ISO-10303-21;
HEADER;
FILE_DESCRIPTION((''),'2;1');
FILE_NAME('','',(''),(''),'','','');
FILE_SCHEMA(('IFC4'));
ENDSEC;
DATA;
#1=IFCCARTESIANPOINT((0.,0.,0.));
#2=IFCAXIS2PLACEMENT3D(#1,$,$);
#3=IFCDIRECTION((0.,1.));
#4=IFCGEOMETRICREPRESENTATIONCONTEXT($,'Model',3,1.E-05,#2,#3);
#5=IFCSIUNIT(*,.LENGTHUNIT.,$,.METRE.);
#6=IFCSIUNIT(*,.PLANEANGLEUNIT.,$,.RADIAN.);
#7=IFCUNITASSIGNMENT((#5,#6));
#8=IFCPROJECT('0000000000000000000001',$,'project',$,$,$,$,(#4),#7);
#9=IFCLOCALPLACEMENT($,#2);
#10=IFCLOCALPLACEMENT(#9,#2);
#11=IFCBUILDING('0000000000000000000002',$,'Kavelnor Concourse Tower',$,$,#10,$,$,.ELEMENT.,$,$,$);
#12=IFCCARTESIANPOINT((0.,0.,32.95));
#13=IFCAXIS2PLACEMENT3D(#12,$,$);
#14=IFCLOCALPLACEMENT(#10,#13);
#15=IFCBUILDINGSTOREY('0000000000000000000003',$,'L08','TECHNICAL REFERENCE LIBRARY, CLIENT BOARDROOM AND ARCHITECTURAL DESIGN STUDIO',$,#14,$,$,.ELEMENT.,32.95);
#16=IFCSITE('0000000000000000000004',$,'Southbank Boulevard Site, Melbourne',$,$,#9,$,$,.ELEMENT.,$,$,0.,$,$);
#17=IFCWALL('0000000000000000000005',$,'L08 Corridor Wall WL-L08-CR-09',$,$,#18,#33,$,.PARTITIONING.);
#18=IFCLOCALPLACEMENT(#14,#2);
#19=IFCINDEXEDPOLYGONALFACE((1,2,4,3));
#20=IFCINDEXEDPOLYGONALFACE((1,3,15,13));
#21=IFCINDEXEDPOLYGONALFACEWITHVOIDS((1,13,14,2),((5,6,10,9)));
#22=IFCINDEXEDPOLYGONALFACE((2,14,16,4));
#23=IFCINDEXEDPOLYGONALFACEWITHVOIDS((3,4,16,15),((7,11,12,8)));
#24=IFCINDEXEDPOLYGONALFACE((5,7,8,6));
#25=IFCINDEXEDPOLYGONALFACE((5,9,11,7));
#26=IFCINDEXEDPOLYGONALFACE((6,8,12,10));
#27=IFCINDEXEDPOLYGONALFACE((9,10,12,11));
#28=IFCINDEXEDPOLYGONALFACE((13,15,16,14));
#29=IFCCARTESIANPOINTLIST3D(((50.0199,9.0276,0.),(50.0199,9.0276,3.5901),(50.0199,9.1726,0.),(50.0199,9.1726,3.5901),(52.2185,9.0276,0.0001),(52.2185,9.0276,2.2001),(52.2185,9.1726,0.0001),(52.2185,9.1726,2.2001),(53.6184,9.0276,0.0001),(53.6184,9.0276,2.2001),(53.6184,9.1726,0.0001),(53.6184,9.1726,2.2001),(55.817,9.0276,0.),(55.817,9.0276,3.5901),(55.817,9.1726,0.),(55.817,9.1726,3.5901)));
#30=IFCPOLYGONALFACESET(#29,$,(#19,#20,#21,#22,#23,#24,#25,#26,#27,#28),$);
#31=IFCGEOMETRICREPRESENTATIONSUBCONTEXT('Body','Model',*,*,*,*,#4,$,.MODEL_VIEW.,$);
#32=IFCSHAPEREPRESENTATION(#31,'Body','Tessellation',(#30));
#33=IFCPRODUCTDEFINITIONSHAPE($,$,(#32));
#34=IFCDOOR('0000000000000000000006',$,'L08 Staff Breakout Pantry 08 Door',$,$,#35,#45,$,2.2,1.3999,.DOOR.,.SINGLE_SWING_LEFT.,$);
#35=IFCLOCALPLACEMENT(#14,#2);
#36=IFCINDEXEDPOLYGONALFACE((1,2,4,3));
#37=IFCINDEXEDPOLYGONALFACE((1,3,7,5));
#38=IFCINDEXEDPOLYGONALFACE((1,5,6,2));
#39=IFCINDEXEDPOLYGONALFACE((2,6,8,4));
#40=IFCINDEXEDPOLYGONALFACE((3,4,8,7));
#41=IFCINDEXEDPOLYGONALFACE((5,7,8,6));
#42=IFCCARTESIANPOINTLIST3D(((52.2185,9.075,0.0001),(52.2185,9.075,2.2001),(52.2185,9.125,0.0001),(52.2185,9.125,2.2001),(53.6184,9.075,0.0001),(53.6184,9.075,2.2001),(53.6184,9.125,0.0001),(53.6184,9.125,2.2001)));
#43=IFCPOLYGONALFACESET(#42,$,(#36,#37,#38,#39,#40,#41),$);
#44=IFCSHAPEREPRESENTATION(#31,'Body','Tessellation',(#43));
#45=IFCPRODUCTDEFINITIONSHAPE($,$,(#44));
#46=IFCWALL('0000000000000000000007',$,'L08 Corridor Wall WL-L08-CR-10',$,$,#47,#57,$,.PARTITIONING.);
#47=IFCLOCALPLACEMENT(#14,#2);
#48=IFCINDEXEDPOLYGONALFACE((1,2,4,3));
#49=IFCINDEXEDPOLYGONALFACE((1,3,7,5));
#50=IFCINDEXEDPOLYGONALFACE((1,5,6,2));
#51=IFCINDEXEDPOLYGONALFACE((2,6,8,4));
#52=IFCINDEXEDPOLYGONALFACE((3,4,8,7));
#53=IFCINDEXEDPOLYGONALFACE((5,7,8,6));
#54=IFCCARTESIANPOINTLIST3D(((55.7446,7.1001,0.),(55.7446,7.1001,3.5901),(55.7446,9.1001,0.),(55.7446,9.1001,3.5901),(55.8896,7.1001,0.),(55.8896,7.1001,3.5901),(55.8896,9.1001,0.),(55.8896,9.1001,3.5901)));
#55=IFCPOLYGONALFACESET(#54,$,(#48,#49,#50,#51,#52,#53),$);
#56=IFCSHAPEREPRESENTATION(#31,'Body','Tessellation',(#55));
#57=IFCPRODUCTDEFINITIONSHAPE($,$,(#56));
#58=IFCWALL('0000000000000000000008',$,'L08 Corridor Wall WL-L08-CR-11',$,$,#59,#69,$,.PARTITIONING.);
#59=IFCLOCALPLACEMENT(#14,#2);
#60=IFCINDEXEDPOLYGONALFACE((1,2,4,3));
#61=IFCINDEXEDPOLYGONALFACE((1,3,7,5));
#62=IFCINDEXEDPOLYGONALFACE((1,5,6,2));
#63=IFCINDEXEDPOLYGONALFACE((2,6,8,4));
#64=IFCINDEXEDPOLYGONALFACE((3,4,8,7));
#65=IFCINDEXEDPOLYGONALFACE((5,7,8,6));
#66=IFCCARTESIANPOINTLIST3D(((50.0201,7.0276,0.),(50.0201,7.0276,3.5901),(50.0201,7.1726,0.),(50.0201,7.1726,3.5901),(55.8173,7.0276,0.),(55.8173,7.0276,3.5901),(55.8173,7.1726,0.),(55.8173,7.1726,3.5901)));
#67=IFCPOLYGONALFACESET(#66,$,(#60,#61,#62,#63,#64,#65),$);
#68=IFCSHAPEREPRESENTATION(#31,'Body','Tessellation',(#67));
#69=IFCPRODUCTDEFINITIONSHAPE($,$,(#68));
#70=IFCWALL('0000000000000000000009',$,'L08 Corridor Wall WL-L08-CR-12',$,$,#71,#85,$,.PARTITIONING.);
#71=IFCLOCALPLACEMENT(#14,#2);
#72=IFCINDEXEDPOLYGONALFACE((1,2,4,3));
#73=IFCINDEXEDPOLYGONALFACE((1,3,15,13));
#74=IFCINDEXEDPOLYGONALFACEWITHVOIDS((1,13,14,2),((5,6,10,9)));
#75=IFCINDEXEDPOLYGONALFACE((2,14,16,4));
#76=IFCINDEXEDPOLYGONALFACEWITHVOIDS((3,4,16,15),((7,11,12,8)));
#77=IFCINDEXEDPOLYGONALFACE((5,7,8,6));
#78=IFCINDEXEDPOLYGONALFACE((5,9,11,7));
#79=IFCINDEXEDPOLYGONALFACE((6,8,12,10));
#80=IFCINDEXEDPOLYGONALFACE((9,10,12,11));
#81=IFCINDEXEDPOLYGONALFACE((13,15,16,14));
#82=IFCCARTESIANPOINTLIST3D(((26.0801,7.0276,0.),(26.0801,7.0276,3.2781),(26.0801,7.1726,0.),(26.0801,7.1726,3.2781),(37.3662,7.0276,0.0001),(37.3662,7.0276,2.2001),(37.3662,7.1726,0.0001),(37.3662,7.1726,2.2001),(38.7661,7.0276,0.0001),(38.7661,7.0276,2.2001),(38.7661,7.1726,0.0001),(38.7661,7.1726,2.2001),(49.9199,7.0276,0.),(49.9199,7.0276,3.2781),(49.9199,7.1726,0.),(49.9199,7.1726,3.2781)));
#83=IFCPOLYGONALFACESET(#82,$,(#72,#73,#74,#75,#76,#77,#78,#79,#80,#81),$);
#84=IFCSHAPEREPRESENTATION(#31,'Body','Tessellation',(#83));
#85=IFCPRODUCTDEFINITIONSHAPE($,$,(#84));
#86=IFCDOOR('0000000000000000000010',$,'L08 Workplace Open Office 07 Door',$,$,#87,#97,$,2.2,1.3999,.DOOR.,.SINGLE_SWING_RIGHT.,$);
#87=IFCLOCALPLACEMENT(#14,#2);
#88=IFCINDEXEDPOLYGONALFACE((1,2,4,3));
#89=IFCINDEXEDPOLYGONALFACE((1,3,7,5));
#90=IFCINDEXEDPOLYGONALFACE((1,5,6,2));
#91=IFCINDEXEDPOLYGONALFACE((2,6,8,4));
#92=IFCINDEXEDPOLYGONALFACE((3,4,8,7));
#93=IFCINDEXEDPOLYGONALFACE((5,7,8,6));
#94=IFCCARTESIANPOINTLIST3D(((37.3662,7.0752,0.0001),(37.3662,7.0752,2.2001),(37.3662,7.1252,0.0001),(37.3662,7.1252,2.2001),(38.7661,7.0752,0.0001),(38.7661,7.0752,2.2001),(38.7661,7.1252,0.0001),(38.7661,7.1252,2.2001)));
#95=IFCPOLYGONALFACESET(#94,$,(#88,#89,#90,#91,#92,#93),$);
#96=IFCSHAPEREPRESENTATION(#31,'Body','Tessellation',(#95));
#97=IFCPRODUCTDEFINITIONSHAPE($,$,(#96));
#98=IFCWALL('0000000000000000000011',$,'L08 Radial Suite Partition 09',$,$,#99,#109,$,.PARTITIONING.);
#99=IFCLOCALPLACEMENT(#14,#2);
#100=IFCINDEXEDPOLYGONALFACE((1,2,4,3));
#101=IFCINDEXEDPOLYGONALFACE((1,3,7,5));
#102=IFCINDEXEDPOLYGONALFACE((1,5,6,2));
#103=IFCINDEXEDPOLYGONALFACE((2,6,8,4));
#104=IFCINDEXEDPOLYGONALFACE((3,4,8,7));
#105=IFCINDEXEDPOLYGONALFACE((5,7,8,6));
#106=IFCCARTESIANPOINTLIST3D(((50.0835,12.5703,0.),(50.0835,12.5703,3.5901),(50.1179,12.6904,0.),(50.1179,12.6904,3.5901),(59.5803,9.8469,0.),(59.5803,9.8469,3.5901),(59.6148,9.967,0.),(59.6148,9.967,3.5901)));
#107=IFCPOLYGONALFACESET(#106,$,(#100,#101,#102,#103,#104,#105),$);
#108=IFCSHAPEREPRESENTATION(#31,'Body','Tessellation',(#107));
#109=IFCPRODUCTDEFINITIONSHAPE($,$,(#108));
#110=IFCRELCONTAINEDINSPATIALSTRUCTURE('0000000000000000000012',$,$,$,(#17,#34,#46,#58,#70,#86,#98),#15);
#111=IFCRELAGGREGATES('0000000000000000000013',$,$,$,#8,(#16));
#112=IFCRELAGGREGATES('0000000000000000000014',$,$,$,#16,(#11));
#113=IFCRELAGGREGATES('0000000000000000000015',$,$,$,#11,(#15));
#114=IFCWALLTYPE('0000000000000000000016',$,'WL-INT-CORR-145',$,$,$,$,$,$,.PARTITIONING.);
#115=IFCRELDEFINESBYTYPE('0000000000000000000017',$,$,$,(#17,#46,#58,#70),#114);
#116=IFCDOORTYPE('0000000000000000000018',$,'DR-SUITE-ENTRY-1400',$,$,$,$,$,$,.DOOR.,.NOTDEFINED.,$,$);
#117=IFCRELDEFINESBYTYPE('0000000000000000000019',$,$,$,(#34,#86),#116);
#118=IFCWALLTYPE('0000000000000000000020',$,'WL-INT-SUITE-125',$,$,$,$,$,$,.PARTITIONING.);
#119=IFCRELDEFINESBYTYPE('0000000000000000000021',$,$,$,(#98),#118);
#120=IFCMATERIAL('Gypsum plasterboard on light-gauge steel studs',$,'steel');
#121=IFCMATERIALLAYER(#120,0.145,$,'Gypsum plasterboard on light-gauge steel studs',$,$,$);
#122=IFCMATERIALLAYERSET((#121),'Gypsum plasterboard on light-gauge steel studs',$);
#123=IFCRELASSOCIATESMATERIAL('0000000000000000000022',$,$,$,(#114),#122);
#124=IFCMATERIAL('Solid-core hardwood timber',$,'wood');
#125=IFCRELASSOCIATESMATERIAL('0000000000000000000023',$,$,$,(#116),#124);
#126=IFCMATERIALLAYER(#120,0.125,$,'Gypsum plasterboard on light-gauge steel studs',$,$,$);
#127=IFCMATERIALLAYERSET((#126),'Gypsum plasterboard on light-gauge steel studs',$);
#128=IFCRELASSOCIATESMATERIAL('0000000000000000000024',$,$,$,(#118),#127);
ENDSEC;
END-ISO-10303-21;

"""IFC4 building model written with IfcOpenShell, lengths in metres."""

from ifc_helpers import new_model, si_unit, direction, frame, frame_2d, origin, place, context, subcontext, project, spatial, rectangle, extrude, material, layer, layer_set, type_object, element, fill, save


model = new_model("IFC4")

# Units and contexts
model_context = context("Model", 3, precision=1e-05, world=origin(), true_north=direction((0.0, 1.0)))
body_context = subcontext(model_context, "Body", "Model", "MODEL_VIEW")
ifc_project = project(units=[si_unit("LENGTHUNIT", "METRE"), si_unit("PLANEANGLEUNIT", "RADIAN")], contexts=[model_context])

# Site, building, storey
site_placement = place(None, origin())
site = spatial("IfcSite", under=ifc_project, at=site_placement, Name="Southbank Boulevard Site, Melbourne", CompositionType="ELEMENT", RefElevation=0.0)
building_placement = place(site_placement, origin())
building = spatial("IfcBuilding", under=site, at=building_placement, Name="Kavelnor Concourse Tower", CompositionType="ELEMENT")
storey_placement = place(building_placement, frame((0.0, 0.0, 32.95)))
storey = spatial("IfcBuildingStorey", under=building, at=storey_placement, Name="L08", Description="TECHNICAL REFERENCE LIBRARY, CLIENT BOARDROOM AND ARCHITECTURAL DESIGN STUDIO", CompositionType="ELEMENT", Elevation=32.95)

# Wall, opening, door
ifc_material_1 = material(Name="Gypsum plasterboard on light-gauge steel studs", Category="steel")
ifc_layer_1 = layer(ifc_material_1, 0.145, Name="Gypsum plasterboard on light-gauge steel studs")
ifc_layer_set_1 = layer_set([ifc_layer_1], Name="Gypsum plasterboard on light-gauge steel studs")
wall_type_1 = type_object("IfcWallType", Name="WL-INT-CORR-145", PredefinedType="PARTITIONING", material=ifc_layer_set_1)
wall_1_placement = place(storey_placement, frame((50.02, 9.1001, 0.0), z_axis=(0.0, 0.0, 1.0), x_axis=(1.0, 0.0, 0.0)))
wall_1 = element("IfcWall", 1, at=wall_1_placement, inside=storey, type_object=wall_type_1, Name="L08 Corridor Wall WL-L08-CR-09", PredefinedType="PARTITIONING", context=body_context, shape_type="SweptSolid", body=[
    extrude(rectangle(XDim=5.7971, YDim=0.145, at=frame_2d((2.8984, 0.0))), origin(), (0.0, 0.0, 1.0), 3.5901),
])
opening_1_placement = place(wall_1_placement, frame((2.1985, 0.0, 0.0)))
opening_1 = element("IfcOpeningElement", 2, at=opening_1_placement, cuts=wall_1, PredefinedType="OPENING", context=body_context, shape_type="SweptSolid", body=[
    extrude(rectangle(XDim=1.3999, YDim=2.2, at=frame_2d((0.7, 1.1001))), frame((0.0, 0.0825, 0.0), z_axis=(0.0, -1.0, 0.0), x_axis=(1.0, 0.0, 0.0)), (0.0, 0.0, 1.0), 0.165),
])
ifc_material_2 = material(Name="Solid-core hardwood timber", Category="wood")
door_type = type_object("IfcDoorType", Name="DR-SUITE-ENTRY-1400", OperationType="NOTDEFINED", PredefinedType="DOOR", material=ifc_material_2)
door_1_placement = place(opening_1_placement, origin())
door_1 = element("IfcDoor", 3, at=door_1_placement, inside=storey, type_object=door_type, Name="L08 Staff Breakout Pantry 08 Door", OperationType="SINGLE_SWING_LEFT", OverallHeight=2.2, OverallWidth=1.3999, PredefinedType="DOOR", context=body_context, shape_type="SweptSolid", body=[
    extrude(rectangle(XDim=1.3999, YDim=2.2, at=frame_2d((0.7, 1.1001))), frame((0.0, 0.0249, 0.0), z_axis=(0.0, -1.0, 0.0), x_axis=(1.0, 0.0, 0.0)), (0.0, 0.0, 1.0), 0.05),
])
fill(opening_1, door_1)

# Walls
wall_2_placement = place(storey_placement, frame((55.8171, 9.1001, 0.0), z_axis=(0.0, 0.0, 1.0), x_axis=(0.0, -1.0, 0.0)))
element("IfcWall", 4, at=wall_2_placement, inside=storey, type_object=wall_type_1, Name="L08 Corridor Wall WL-L08-CR-10", PredefinedType="PARTITIONING", context=body_context, shape_type="SweptSolid", body=[
    extrude(rectangle(XDim=2.0, YDim=0.145, at=frame_2d((1.0, 0.0))), origin(), (0.0, 0.0, 1.0), 3.5901),
])
wall_3_placement = place(storey_placement, frame((55.8171, 7.1001, 0.0), z_axis=(0.0, 0.0, 1.0), x_axis=(-1.0, 0.0, 0.0)))
element("IfcWall", 5, at=wall_3_placement, inside=storey, type_object=wall_type_1, Name="L08 Corridor Wall WL-L08-CR-11", PredefinedType="PARTITIONING", context=body_context, shape_type="SweptSolid", body=[
    extrude(rectangle(XDim=5.7971, YDim=0.145, at=frame_2d((2.8984, 0.0))), origin(), (0.0, 0.0, 1.0), 3.5901),
])

# Wall, opening, door
wall_4_placement = place(storey_placement, frame((49.9199, 7.1001, 0.0), z_axis=(0.0, 0.0, 1.0), x_axis=(-1.0, 0.0, 0.0)))
wall_4 = element("IfcWall", 6, at=wall_4_placement, inside=storey, type_object=wall_type_1, Name="L08 Corridor Wall WL-L08-CR-12", PredefinedType="PARTITIONING", context=body_context, shape_type="SweptSolid", body=[
    extrude(rectangle(XDim=23.8398, YDim=0.145, at=frame_2d((11.9199, 0.0))), origin(), (0.0, 0.0, 1.0), 3.2781),
])
opening_2_placement = place(wall_4_placement, frame((11.1538, 0.0, 0.0)))
opening_2 = element("IfcOpeningElement", 7, at=opening_2_placement, cuts=wall_4, PredefinedType="OPENING", context=body_context, shape_type="SweptSolid", body=[
    extrude(rectangle(XDim=1.3999, YDim=2.2, at=frame_2d((0.7, 1.1001))), frame((0.0, 0.0825, 0.0), z_axis=(0.0, -1.0, 0.0), x_axis=(1.0, 0.0, 0.0)), (0.0, 0.0, 1.0), 0.165),
])
door_2_placement = place(opening_2_placement, origin())
door_2 = element("IfcDoor", 8, at=door_2_placement, inside=storey, type_object=door_type, Name="L08 Workplace Open Office 07 Door", OperationType="SINGLE_SWING_RIGHT", OverallHeight=2.2, OverallWidth=1.3999, PredefinedType="DOOR", context=body_context, shape_type="SweptSolid", body=[
    extrude(rectangle(XDim=1.3999, YDim=2.2, at=frame_2d((0.7, 1.1001))), frame((0.0, 0.0249, 0.0), z_axis=(0.0, -1.0, 0.0), x_axis=(1.0, 0.0, 0.0)), (0.0, 0.0, 1.0), 0.05),
])
fill(opening_2, door_2)

# Wall
ifc_layer_2 = layer(ifc_material_1, 0.125, Name="Gypsum plasterboard on light-gauge steel studs")
ifc_layer_set_2 = layer_set([ifc_layer_2], Name="Gypsum plasterboard on light-gauge steel studs")
wall_type_2 = type_object("IfcWallType", Name="WL-INT-SUITE-125", PredefinedType="PARTITIONING", material=ifc_layer_set_2)
wall_5_placement = place(storey_placement, frame((50.1006, 12.6304, 0.0), z_axis=(0.0, 0.0, 1.0), x_axis=(0.961256, -0.275658, 0.0)))
element("IfcWall", 9, at=wall_5_placement, inside=storey, type_object=wall_type_2, Name="L08 Radial Suite Partition 09", PredefinedType="PARTITIONING", context=body_context, shape_type="SweptSolid", body=[
    extrude(rectangle(XDim=9.8796, YDim=0.125, at=frame_2d((4.9399, 0.0))), origin(), (0.0, 0.0, 1.0), 3.5901),
])

save(model, "model.ifc")
